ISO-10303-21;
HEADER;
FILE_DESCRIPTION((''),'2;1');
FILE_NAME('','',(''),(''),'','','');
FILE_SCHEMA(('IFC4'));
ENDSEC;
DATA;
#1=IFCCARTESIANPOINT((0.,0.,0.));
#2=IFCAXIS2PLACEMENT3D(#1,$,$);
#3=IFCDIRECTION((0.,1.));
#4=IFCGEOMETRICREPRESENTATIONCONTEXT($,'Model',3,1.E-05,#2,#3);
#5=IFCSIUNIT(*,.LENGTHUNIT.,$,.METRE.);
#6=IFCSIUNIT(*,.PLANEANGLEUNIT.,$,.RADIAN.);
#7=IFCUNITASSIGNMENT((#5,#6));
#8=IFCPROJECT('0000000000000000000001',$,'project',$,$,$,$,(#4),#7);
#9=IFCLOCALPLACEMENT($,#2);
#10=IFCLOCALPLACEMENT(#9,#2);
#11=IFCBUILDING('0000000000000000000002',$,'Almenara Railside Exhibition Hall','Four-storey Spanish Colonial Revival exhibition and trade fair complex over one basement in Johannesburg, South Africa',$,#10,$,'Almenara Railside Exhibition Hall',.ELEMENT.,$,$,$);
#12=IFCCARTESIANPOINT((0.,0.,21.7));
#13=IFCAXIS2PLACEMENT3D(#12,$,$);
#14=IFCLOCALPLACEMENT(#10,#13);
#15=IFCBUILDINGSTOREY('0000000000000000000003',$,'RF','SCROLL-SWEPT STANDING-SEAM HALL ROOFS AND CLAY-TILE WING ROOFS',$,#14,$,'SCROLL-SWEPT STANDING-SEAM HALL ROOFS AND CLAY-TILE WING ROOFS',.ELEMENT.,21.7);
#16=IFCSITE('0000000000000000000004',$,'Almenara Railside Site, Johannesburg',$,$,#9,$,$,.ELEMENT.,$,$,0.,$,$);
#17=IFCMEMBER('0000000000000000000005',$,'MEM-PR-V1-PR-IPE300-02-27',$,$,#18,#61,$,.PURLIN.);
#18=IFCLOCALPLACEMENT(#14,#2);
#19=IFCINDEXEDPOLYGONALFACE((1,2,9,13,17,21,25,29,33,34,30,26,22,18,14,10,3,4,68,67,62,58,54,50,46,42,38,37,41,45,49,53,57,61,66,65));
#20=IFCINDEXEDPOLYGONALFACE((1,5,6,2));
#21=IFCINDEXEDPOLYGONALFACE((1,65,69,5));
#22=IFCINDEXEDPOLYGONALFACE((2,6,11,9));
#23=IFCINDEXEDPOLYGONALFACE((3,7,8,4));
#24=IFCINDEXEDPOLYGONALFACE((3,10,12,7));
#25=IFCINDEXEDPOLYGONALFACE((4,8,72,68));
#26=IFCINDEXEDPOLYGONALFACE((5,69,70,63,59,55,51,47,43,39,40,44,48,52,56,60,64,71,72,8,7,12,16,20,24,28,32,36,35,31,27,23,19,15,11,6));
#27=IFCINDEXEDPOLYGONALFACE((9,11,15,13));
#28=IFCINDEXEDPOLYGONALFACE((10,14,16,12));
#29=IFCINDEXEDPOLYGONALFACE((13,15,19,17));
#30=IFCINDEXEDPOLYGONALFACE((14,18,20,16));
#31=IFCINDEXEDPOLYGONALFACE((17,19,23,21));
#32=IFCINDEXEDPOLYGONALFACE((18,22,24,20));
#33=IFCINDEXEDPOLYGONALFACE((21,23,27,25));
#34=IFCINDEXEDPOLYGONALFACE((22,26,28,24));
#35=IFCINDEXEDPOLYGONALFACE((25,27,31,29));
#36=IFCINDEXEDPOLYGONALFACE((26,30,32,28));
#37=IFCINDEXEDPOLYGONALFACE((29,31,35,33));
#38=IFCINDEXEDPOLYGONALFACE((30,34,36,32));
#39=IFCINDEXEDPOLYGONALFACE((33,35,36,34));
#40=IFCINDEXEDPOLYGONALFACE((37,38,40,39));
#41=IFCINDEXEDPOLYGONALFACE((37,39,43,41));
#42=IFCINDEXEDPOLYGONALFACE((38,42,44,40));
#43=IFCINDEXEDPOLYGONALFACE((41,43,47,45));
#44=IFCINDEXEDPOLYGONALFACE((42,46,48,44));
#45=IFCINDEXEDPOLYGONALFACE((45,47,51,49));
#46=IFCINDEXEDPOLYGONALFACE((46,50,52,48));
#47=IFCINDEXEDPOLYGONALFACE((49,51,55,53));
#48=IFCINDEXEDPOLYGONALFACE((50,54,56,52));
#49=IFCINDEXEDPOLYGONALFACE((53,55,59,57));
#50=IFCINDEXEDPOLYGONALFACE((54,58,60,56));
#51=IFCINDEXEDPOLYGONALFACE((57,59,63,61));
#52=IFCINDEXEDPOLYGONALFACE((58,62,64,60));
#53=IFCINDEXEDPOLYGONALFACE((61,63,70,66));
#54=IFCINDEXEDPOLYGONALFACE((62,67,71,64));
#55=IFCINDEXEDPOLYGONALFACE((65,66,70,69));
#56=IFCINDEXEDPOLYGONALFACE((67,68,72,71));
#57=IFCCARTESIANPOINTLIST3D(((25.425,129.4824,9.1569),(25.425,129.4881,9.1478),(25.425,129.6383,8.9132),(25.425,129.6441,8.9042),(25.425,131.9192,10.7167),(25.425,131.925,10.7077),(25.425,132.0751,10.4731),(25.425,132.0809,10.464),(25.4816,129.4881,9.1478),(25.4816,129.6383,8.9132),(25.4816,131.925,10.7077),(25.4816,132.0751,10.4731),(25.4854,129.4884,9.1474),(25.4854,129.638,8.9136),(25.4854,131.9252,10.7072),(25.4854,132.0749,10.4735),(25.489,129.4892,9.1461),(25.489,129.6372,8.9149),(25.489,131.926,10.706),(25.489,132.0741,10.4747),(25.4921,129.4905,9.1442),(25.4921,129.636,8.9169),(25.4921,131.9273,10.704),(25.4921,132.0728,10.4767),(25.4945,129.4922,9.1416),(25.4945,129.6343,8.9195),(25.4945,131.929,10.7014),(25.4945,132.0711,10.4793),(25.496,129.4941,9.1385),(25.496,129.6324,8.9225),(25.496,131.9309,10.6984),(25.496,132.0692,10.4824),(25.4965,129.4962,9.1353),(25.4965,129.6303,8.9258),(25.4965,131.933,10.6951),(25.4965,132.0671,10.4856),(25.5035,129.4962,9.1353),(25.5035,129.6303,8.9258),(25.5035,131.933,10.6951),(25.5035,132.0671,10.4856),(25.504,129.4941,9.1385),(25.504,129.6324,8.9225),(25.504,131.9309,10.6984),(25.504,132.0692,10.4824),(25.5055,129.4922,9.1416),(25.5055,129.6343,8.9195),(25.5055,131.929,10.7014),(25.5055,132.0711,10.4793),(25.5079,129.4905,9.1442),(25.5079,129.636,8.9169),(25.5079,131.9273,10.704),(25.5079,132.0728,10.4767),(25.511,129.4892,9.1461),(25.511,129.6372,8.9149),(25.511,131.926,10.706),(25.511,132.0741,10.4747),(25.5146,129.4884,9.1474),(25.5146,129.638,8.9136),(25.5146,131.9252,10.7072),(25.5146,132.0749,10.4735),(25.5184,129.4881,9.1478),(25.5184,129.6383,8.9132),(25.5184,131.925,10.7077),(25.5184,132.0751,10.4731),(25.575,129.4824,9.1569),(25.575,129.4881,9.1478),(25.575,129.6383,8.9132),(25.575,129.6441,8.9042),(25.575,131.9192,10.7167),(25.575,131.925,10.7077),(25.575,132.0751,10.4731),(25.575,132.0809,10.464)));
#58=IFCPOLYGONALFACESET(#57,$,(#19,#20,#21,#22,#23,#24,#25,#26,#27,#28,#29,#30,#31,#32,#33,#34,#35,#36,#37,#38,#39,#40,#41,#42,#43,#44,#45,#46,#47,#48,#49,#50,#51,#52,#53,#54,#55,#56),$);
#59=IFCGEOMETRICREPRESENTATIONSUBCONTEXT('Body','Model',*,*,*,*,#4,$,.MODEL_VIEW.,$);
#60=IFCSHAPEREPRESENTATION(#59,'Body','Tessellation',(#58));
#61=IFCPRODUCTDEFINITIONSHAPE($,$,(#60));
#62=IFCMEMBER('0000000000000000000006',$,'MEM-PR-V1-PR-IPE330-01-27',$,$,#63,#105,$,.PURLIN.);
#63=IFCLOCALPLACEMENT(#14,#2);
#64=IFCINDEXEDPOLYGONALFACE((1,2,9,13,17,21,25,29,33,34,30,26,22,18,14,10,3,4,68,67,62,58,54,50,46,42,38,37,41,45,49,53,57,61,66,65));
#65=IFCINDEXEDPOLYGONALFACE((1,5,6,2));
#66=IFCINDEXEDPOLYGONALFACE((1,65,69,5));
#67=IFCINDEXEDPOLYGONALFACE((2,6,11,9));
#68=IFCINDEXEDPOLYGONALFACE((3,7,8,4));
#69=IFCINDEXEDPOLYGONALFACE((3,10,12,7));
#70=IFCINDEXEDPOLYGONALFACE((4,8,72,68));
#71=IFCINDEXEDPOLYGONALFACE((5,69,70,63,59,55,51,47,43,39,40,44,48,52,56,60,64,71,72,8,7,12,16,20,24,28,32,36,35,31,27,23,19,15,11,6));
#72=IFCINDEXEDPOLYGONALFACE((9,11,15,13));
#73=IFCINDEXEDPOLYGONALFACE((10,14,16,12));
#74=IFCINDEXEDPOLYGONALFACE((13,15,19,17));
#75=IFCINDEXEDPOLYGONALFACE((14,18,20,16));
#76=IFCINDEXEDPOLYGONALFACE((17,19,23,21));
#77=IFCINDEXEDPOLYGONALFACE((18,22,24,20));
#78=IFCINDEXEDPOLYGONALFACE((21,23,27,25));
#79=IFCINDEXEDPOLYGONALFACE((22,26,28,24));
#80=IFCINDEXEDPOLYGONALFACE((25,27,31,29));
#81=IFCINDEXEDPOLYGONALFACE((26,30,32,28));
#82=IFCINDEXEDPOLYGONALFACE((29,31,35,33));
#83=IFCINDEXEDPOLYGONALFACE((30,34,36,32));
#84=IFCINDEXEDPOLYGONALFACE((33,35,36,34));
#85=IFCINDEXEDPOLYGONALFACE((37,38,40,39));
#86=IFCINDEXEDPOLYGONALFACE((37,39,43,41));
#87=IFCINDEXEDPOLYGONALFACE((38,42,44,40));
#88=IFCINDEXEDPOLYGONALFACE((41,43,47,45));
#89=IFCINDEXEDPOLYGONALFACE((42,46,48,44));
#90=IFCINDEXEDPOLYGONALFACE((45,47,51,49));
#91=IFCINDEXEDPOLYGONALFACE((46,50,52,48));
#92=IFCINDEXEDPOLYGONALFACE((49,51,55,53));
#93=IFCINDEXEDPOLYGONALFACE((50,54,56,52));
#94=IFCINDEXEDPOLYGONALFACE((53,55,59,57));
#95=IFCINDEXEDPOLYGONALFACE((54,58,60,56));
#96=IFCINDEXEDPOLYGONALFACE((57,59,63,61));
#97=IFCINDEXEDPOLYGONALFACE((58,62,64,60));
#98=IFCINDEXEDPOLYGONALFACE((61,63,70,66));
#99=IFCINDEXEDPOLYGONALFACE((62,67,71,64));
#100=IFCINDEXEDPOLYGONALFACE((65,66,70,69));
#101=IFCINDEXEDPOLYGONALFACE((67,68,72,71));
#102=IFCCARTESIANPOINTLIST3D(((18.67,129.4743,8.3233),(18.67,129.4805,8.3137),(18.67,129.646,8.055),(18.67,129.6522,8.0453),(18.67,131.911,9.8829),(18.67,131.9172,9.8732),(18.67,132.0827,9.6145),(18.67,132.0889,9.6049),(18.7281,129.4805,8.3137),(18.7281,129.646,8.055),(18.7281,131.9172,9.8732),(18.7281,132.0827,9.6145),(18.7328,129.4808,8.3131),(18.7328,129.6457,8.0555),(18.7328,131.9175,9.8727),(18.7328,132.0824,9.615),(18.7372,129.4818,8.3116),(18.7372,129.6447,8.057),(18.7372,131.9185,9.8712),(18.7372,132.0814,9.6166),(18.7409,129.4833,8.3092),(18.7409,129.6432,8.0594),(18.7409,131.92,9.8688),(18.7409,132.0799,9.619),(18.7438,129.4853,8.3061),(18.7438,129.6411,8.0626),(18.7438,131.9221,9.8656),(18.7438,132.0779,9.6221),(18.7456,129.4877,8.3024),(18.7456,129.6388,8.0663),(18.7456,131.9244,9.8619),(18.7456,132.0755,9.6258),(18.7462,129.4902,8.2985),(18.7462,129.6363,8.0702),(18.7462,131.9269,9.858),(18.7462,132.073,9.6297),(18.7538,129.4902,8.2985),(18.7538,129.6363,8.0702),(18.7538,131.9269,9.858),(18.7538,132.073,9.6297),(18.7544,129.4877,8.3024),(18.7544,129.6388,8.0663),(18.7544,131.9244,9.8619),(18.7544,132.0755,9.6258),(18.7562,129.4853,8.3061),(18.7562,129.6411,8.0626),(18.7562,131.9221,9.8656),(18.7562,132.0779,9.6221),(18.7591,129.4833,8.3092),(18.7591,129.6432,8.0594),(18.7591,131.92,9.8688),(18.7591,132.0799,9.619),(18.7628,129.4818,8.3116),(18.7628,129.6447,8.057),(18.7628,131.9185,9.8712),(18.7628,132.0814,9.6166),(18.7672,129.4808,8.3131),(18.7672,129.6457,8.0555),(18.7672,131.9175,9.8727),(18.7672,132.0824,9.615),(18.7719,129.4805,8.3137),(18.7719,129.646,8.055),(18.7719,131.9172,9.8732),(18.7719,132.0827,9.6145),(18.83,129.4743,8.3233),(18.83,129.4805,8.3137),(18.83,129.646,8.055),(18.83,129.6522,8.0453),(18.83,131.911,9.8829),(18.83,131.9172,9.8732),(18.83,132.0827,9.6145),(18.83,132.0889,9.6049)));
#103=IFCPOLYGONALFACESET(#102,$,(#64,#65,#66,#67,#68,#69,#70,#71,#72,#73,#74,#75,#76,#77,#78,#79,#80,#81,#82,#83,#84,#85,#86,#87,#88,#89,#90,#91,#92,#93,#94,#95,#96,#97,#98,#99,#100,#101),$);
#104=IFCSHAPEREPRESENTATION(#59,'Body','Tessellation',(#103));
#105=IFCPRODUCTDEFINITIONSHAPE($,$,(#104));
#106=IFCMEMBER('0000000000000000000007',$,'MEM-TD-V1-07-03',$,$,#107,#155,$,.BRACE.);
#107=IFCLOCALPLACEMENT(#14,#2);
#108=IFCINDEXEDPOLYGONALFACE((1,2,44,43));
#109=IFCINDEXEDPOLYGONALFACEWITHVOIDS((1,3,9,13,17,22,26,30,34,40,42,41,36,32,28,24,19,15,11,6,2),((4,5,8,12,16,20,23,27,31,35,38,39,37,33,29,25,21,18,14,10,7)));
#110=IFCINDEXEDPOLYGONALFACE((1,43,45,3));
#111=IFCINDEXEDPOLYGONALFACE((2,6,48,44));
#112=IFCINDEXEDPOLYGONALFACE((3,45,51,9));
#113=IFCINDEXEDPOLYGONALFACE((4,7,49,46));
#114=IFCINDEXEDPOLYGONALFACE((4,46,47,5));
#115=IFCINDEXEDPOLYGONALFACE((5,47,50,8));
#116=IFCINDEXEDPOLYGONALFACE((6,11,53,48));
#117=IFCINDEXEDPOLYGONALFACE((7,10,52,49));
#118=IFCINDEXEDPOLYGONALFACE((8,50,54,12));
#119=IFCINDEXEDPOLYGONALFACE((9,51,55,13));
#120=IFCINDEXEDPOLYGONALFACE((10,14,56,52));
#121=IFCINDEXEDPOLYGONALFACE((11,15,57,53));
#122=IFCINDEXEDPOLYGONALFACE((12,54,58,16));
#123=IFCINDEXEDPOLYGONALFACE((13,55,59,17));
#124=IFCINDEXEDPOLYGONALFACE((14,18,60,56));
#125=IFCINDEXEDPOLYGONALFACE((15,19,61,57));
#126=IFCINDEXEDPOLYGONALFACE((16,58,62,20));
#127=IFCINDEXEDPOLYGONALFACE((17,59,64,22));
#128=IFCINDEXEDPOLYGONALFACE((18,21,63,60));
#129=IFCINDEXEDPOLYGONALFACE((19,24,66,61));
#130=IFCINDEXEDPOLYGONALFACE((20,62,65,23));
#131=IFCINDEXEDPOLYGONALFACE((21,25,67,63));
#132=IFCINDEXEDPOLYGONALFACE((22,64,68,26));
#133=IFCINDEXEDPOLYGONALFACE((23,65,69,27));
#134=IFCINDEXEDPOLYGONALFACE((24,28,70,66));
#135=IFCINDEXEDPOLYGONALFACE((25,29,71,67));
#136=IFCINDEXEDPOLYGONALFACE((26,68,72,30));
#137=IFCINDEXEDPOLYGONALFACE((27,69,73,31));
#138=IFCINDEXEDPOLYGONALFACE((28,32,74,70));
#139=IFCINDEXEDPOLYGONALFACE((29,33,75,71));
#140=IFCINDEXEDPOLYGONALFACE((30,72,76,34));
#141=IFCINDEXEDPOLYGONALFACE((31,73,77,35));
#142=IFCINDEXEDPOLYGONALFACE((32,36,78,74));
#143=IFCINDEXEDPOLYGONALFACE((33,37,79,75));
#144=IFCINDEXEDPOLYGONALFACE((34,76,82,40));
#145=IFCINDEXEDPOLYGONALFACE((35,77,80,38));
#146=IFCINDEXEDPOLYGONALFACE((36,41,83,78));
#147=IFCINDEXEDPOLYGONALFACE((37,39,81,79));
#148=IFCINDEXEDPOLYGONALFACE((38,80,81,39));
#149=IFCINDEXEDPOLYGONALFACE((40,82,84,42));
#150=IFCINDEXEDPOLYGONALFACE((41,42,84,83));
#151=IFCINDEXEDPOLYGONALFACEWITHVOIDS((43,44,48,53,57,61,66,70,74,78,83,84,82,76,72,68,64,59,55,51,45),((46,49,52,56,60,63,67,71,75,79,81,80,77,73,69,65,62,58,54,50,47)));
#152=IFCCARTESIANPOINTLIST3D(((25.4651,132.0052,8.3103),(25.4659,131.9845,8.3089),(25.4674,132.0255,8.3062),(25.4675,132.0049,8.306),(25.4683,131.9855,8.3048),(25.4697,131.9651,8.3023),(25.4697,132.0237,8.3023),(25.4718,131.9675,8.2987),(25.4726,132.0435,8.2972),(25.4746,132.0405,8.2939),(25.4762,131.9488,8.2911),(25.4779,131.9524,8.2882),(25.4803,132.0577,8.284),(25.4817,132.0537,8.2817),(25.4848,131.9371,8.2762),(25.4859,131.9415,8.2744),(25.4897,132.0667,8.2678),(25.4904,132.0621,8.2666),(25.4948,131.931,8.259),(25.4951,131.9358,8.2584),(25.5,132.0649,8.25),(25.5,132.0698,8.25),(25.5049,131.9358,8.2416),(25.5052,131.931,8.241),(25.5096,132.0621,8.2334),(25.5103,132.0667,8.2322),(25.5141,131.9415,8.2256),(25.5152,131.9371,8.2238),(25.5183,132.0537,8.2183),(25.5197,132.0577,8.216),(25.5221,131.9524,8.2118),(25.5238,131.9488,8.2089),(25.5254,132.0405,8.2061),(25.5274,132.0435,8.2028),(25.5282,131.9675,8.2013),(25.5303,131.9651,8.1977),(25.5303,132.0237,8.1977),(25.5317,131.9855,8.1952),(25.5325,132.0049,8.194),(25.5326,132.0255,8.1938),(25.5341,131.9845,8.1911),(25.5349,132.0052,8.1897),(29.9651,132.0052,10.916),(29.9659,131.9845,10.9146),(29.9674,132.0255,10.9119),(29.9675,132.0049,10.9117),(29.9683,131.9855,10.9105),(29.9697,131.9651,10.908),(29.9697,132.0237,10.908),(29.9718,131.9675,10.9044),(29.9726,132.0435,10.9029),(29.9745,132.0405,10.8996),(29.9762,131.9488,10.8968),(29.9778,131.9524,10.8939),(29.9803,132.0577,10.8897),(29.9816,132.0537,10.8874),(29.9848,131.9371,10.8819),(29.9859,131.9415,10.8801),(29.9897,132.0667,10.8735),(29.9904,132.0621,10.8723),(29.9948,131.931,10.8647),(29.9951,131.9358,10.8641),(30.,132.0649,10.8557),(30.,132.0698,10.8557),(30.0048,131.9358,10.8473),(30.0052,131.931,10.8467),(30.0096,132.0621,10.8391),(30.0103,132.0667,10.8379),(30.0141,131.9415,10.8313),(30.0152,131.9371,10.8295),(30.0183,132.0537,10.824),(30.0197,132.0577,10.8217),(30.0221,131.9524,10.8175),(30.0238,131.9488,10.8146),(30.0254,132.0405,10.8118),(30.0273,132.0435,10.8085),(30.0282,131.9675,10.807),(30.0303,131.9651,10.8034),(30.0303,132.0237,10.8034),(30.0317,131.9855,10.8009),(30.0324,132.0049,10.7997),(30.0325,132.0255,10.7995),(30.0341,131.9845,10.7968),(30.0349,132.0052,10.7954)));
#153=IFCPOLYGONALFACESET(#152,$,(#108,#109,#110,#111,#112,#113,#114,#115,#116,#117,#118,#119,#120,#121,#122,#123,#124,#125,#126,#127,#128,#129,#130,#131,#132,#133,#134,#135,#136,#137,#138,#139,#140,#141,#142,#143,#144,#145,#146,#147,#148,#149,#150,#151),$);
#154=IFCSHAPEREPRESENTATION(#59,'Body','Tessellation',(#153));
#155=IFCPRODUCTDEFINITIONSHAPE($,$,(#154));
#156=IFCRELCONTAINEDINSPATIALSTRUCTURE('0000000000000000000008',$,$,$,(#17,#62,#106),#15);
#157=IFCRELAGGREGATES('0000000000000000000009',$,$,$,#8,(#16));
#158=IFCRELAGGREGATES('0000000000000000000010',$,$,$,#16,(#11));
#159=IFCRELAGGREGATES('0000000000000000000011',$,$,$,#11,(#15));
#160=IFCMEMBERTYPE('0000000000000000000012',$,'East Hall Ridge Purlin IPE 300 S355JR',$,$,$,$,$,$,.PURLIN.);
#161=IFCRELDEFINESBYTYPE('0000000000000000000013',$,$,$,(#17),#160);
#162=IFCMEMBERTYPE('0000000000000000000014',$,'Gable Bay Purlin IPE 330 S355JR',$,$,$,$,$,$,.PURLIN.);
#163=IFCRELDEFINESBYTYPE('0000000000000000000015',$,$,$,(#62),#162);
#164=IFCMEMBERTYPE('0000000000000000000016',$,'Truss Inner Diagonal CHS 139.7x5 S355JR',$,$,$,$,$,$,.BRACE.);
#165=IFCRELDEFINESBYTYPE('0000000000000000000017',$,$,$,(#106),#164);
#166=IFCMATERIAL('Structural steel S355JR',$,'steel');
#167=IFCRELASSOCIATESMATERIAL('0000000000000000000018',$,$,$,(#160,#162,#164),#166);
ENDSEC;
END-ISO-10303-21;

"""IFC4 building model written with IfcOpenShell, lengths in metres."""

from ifc_helpers import new_model, si_unit, direction, frame, origin, origin_2d, place, context, subcontext, project, spatial, hollow_circle, i_section, extrude, material, material_profile, profile_set, type_object, element, save


model = new_model("IFC4")

# Units and contexts
model_context = context("Model", 3, precision=1e-05, world=origin(), true_north=direction((0.0, 1.0)))
body_context = subcontext(model_context, "Body", "Model", "MODEL_VIEW")
ifc_project = project(units=[si_unit("LENGTHUNIT", "METRE"), si_unit("PLANEANGLEUNIT", "RADIAN")], contexts=[model_context])

# Site, building, storey
site_placement = place(None, origin())
site = spatial("IfcSite", under=ifc_project, at=site_placement, Name="Almenara Railside Site, Johannesburg", CompositionType="ELEMENT", RefElevation=0.0)
building_placement = place(site_placement, origin())
building = spatial("IfcBuilding", under=site, at=building_placement, Name="Almenara Railside Exhibition Hall", Description="Four-storey Spanish Colonial Revival exhibition and trade fair complex over one basement in Johannesburg, South Africa", LongName="Almenara Railside Exhibition Hall", CompositionType="ELEMENT")
storey_placement = place(building_placement, frame((0.0, 0.0, 21.7)))
storey = spatial("IfcBuildingStorey", under=building, at=storey_placement, Name="RF", Description="SCROLL-SWEPT STANDING-SEAM HALL ROOFS AND CLAY-TILE WING ROOFS", LongName="SCROLL-SWEPT STANDING-SEAM HALL ROOFS AND CLAY-TILE WING ROOFS", CompositionType="ELEMENT", Elevation=21.7)

# Shared definitions
ifc_material_1 = material(Name="Structural steel S355JR", Category="steel")

# Members
ifc_material_profile_1 = material_profile(ifc_material_1, i_section(OverallWidth=0.1499, OverallDepth=0.3, WebThickness=0.0071, FlangeThickness=0.0107, FilletRadius=0.0149, at=origin_2d()), Name="IPE 300")
ifc_profile_set_1 = profile_set([ifc_material_profile_1], Name="Structural steel S355JR")
member_type_1 = type_object("IfcMemberType", Name="East Hall Ridge Purlin IPE 300 S355JR", PredefinedType="PURLIN", material=ifc_profile_set_1)
member_1_placement = place(storey_placement, frame((25.5, 129.5632, 9.0305), z_axis=(0.0, 0.842227, 0.539123), x_axis=(-1.0, 0.0, 0.0)))
element("IfcMember", 1, at=member_1_placement, inside=storey, type_object=member_type_1, Name="MEM-PR-V1-PR-IPE300-02-27", PredefinedType="PURLIN", context=body_context, shape_type="SweptSolid", body=[
    extrude(i_section(OverallWidth=0.1499, OverallDepth=0.3, WebThickness=0.0071, FlangeThickness=0.0107, FilletRadius=0.0149, at=origin_2d()), origin(), (0.0, 0.0, 1.0), 2.8933),
])
ifc_material_profile_2 = material_profile(ifc_material_1, i_section(OverallWidth=0.1599, OverallDepth=0.3301, WebThickness=0.0076, FlangeThickness=0.0115, FilletRadius=0.0181, at=origin_2d()), Name="IPE 330")
ifc_profile_set_2 = profile_set([ifc_material_profile_2], Name="Structural steel S355JR")
member_type_2 = type_object("IfcMemberType", Name="Gable Bay Purlin IPE 330 S355JR", PredefinedType="PURLIN", material=ifc_profile_set_2)
member_2_placement = place(storey_placement, frame((18.75, 129.5632, 8.1843), z_axis=(0.0, 0.842265, 0.539063), x_axis=(-1.0, 0.0, 0.0)))
element("IfcMember", 2, at=member_2_placement, inside=storey, type_object=member_type_2, Name="MEM-PR-V1-PR-IPE330-01-27", PredefinedType="PURLIN", context=body_context, shape_type="SweptSolid", body=[
    extrude(i_section(OverallWidth=0.1599, OverallDepth=0.3301, WebThickness=0.0076, FlangeThickness=0.0115, FilletRadius=0.0181, at=origin_2d()), origin(), (0.0, 0.0, 1.0), 2.8931),
])
ifc_material_profile_3 = material_profile(ifc_material_1, hollow_circle(Radius=0.0698, WallThickness=0.0049, at=origin_2d()), Name="CHS 139.7x5")
ifc_profile_set_3 = profile_set([ifc_material_profile_3], Name="Structural steel S355JR")
member_type_3 = type_object("IfcMemberType", Name="Truss Inner Diagonal CHS 139.7x5 S355JR", PredefinedType="BRACE", material=ifc_profile_set_3)
member_3_placement = place(storey_placement, frame((25.5, 132.0, 8.25), z_axis=(0.865389, 0.0, 0.501101), x_axis=(0.0, 1.0, 0.0)))
element("IfcMember", 3, at=member_3_placement, inside=storey, type_object=member_type_3, Name="MEM-TD-V1-07-03", PredefinedType="BRACE", context=body_context, shape_type="SweptSolid", body=[
    extrude(hollow_circle(Radius=0.0698, WallThickness=0.0049, at=origin_2d()), origin(), (0.0, 0.0, 1.0), 5.2),
])

save(model, "model.ifc")
